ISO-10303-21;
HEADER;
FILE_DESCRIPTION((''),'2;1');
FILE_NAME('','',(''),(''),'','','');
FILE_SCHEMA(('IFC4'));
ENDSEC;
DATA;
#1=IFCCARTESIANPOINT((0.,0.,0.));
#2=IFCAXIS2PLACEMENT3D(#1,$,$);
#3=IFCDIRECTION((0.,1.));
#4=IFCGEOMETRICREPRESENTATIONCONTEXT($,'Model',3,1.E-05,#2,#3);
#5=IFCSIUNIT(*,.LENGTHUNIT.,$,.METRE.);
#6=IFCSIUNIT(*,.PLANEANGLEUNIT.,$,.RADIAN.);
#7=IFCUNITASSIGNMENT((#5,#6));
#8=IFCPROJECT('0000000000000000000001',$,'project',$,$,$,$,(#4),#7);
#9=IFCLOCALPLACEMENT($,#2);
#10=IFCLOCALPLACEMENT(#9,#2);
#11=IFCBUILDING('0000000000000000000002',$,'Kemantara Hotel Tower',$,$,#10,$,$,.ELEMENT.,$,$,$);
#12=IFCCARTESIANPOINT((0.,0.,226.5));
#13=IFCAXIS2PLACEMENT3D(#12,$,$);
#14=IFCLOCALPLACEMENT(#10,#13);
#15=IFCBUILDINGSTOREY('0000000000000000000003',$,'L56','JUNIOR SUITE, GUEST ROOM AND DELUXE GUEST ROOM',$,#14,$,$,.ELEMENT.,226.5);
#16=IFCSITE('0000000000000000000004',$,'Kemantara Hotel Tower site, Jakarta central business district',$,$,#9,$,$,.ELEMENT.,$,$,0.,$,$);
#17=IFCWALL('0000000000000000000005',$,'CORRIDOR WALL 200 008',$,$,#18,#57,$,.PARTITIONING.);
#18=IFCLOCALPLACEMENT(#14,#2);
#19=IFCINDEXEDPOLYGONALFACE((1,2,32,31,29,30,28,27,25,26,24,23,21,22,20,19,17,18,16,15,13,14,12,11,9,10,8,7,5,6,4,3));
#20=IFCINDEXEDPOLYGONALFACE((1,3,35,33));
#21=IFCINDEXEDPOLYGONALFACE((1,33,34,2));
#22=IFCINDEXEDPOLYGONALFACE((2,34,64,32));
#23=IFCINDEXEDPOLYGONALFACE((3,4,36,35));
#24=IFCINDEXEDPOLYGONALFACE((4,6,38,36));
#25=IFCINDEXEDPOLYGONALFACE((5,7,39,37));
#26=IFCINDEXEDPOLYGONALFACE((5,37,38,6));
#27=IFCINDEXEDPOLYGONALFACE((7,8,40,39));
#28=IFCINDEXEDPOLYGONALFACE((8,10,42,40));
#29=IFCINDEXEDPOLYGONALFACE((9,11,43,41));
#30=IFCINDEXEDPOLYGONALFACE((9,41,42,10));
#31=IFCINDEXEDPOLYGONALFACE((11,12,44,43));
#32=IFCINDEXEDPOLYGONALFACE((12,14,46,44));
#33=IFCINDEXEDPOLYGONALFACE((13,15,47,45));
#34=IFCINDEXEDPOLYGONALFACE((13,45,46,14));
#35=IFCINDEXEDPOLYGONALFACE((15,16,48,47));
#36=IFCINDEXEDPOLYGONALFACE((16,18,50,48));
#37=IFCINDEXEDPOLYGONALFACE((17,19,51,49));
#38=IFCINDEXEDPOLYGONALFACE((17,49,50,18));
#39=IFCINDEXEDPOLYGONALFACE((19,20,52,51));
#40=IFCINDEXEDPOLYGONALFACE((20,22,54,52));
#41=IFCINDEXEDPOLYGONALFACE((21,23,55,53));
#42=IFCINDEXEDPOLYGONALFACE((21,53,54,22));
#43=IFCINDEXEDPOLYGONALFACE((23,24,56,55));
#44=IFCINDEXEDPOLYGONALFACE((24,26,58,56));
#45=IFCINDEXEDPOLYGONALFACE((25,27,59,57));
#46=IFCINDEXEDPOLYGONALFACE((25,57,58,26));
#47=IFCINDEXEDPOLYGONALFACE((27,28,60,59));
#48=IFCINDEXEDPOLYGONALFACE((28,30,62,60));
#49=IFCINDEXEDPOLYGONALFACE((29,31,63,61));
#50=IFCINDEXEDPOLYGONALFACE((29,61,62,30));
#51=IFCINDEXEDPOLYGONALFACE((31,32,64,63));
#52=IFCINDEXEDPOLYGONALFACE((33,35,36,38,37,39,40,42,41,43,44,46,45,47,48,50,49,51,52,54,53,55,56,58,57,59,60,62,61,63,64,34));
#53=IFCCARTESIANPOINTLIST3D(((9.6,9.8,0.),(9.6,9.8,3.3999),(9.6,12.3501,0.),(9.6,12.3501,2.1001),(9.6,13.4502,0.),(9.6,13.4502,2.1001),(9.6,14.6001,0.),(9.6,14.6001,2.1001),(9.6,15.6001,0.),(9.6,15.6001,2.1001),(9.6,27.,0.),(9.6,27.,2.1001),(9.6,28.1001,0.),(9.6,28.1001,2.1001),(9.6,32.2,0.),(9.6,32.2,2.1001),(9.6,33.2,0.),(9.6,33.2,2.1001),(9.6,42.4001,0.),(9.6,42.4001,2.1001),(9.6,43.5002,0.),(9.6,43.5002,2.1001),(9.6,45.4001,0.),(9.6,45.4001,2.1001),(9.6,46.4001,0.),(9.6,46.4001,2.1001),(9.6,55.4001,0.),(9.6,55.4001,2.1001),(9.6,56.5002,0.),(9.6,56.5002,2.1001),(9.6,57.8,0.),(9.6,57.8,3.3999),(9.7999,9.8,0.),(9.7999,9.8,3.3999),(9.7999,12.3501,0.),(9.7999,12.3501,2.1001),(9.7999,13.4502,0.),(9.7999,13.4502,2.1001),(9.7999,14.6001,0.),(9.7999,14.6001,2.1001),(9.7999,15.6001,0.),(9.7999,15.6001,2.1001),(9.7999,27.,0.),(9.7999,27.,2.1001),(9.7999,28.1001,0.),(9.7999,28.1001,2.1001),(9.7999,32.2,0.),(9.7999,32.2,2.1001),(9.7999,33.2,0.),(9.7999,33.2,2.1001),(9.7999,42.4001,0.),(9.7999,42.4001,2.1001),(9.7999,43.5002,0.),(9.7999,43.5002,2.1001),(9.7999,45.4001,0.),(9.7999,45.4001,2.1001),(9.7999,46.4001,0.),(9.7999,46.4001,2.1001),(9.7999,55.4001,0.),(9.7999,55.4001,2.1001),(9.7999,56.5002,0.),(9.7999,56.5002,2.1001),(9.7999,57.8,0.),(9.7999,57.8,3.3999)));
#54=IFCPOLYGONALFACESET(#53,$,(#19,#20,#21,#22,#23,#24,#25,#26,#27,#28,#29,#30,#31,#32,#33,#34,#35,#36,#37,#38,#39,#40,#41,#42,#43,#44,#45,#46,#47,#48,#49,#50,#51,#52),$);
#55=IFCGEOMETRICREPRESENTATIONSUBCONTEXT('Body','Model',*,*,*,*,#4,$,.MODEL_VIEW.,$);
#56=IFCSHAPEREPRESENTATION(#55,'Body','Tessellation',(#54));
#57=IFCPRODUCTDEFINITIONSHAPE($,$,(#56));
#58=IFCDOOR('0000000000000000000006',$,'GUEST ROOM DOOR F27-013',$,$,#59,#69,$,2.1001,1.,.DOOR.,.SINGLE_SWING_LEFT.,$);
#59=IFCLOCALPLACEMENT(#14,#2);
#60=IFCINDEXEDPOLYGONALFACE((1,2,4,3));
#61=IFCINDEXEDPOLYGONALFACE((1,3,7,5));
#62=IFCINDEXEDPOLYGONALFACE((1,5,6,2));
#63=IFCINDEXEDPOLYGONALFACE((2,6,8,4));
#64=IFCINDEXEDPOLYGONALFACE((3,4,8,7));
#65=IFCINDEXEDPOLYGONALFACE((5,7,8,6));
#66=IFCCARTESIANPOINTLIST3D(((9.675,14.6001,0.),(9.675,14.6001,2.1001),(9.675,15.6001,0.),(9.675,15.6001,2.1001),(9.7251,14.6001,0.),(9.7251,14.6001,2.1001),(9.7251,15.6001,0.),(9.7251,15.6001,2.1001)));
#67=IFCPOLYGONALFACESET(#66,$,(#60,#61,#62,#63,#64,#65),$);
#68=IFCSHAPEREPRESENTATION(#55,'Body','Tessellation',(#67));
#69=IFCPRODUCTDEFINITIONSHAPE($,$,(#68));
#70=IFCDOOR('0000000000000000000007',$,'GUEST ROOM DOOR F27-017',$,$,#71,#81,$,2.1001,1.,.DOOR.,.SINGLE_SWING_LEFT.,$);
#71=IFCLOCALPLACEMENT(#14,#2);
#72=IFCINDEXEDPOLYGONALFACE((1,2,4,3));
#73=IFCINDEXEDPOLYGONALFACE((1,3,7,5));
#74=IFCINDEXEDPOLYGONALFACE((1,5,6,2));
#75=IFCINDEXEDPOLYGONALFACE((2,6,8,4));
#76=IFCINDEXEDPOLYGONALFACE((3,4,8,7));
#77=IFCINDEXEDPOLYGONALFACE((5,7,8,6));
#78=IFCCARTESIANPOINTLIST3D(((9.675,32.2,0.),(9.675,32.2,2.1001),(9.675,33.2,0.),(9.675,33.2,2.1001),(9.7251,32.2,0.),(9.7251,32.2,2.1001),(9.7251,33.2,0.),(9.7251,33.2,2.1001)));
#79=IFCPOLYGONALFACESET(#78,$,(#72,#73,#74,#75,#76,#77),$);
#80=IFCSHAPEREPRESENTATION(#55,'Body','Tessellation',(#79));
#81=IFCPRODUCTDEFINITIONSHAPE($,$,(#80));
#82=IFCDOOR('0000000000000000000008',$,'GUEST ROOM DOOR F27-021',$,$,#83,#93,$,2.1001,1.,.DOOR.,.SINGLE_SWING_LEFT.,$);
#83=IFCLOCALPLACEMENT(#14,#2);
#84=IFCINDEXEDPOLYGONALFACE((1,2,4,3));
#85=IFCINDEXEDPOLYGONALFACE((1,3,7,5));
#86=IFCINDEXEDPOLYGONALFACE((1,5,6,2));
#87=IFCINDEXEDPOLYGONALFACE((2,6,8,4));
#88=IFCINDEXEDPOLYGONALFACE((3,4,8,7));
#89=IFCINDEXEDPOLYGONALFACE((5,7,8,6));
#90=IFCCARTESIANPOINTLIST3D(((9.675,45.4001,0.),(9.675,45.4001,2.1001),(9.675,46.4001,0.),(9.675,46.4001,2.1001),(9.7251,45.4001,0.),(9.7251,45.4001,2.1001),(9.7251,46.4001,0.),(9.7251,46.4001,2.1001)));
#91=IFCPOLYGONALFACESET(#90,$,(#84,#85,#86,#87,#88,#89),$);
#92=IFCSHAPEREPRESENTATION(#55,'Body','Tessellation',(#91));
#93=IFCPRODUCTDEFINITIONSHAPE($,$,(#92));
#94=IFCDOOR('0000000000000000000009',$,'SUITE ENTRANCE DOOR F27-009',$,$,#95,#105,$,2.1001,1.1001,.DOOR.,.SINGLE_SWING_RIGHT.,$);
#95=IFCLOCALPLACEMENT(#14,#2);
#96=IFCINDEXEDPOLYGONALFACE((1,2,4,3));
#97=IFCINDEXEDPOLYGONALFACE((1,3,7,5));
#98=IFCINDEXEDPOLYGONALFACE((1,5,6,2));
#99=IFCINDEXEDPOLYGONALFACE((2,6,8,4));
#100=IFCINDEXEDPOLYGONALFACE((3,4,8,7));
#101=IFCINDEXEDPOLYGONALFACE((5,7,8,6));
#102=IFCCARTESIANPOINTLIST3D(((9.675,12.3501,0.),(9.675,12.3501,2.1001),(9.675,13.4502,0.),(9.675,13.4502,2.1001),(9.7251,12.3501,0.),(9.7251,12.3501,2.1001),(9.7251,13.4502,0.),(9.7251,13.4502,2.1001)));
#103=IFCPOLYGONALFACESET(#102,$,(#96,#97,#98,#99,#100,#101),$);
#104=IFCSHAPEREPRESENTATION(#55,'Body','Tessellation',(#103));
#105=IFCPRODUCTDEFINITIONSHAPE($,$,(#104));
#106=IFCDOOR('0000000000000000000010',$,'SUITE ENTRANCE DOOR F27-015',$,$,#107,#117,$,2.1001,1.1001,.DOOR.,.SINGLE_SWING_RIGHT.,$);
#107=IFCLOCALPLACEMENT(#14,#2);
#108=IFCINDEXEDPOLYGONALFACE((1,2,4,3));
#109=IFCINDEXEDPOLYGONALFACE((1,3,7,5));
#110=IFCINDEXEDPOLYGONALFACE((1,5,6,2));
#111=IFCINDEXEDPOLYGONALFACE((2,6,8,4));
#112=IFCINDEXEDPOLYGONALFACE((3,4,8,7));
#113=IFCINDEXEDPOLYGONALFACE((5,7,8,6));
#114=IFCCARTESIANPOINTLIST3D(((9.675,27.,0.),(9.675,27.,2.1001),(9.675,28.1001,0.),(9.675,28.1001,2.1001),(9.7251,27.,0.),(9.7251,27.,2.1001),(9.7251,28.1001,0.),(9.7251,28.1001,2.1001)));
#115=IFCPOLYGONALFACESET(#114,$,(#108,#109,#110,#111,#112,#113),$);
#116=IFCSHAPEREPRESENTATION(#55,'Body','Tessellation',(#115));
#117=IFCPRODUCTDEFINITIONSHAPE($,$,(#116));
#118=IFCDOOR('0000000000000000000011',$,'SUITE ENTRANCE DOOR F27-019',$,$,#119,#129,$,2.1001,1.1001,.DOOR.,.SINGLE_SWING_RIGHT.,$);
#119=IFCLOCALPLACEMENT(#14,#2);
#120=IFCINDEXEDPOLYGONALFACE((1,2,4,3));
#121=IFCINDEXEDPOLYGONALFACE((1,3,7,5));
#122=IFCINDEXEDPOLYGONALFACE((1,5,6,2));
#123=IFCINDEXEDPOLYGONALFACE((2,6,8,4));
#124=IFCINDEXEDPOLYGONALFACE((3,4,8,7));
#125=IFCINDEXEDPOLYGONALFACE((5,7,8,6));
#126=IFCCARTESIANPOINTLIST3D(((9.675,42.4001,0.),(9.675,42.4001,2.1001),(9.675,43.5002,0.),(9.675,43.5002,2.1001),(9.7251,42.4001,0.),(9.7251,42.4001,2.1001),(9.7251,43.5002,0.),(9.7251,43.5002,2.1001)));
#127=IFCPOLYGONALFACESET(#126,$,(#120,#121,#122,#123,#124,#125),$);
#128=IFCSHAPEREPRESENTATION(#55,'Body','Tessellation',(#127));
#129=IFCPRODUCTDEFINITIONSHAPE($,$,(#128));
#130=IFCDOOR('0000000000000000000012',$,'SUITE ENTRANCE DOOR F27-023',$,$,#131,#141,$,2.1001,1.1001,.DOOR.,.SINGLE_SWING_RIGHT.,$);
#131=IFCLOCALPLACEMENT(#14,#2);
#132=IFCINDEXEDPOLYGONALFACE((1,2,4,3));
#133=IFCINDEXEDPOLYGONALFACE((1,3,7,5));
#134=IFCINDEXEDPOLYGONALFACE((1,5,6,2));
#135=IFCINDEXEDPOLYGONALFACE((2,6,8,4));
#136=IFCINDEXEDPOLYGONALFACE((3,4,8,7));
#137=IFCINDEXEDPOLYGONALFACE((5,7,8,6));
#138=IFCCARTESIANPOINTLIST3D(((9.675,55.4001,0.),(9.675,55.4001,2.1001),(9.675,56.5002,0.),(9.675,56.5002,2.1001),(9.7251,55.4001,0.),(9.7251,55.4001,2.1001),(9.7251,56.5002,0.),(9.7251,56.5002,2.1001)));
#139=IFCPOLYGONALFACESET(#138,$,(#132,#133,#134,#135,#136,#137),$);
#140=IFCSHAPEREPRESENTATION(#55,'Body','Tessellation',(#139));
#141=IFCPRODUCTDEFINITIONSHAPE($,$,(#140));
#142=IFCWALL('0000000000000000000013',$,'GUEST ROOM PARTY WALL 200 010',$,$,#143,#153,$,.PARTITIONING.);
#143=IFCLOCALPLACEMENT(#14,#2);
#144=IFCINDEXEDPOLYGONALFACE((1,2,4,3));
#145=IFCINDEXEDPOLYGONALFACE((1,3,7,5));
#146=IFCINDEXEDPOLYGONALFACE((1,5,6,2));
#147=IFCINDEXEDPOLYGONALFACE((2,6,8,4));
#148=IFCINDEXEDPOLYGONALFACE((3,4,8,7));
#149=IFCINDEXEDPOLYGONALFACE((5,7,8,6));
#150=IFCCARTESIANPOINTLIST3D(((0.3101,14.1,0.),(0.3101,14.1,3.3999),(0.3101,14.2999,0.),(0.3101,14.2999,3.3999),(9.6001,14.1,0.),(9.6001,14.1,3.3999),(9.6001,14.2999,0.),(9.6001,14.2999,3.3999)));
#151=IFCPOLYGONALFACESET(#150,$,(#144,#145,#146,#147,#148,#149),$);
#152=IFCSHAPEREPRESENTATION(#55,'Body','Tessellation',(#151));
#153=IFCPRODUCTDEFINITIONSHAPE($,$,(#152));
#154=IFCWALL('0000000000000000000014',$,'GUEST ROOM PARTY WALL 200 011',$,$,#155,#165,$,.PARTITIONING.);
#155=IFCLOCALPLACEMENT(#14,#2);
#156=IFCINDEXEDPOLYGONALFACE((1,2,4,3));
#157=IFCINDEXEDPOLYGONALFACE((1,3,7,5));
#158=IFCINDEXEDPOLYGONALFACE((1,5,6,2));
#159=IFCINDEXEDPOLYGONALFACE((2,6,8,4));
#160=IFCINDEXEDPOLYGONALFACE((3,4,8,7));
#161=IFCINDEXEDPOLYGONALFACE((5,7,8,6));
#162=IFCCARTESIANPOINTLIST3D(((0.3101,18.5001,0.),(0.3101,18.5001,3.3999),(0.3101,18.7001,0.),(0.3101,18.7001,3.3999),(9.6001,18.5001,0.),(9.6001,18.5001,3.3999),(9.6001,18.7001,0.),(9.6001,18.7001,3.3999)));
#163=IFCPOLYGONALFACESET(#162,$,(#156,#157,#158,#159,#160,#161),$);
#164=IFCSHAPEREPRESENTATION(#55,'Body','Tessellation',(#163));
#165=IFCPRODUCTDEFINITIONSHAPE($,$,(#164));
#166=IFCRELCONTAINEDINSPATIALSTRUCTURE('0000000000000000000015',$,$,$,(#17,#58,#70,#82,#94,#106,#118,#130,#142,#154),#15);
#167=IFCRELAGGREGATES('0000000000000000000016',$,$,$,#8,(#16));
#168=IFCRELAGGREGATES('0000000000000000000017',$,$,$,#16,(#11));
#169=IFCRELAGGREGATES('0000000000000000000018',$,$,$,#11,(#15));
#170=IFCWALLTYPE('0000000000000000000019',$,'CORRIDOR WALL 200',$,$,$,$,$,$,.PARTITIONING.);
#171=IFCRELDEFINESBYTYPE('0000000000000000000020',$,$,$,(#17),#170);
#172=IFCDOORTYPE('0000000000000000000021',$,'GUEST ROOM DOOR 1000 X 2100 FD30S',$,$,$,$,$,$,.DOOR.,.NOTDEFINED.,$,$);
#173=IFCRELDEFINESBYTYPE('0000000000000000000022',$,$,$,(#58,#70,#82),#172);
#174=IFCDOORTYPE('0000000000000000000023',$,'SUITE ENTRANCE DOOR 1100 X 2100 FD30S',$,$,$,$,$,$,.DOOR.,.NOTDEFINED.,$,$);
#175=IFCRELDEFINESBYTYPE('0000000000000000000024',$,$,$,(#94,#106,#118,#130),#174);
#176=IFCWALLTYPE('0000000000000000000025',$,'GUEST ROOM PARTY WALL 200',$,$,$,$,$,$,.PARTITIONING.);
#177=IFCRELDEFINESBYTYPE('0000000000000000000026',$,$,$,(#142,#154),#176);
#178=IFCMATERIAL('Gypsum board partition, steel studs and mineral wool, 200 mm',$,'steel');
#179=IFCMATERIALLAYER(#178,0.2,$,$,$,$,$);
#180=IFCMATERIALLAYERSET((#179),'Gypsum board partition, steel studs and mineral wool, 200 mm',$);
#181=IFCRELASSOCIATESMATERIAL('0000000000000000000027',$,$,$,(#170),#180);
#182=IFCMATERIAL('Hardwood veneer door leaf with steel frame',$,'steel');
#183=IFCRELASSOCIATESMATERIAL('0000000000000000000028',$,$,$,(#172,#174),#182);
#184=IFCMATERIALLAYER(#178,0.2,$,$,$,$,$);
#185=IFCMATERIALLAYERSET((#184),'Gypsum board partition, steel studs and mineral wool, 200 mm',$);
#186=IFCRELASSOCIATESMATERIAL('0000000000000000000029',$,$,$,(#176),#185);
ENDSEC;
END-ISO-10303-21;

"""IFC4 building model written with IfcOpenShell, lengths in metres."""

from ifc_helpers import new_model, si_unit, direction, frame, frame_2d, origin, place, context, subcontext, project, spatial, rectangle, extrude, material, layer, layer_set, type_object, element, fill, save


model = new_model("IFC4")

# Units and contexts
model_context = context("Model", 3, precision=1e-05, world=origin(), true_north=direction((0.0, 1.0)))
body_context = subcontext(model_context, "Body", "Model", "MODEL_VIEW")
ifc_project = project(units=[si_unit("LENGTHUNIT", "METRE"), si_unit("PLANEANGLEUNIT", "RADIAN")], contexts=[model_context])

# Site, building, storey
site_placement = place(None, origin())
site = spatial("IfcSite", under=ifc_project, at=site_placement, Name="Kemantara Hotel Tower site, Jakarta central business district", CompositionType="ELEMENT", RefElevation=0.0)
building_placement = place(site_placement, origin())
building = spatial("IfcBuilding", under=site, at=building_placement, Name="Kemantara Hotel Tower", CompositionType="ELEMENT")
storey_placement = place(building_placement, frame((0.0, 0.0, 226.5)))
storey = spatial("IfcBuildingStorey", under=building, at=storey_placement, Name="L56", Description="JUNIOR SUITE, GUEST ROOM AND DELUXE GUEST ROOM", CompositionType="ELEMENT", Elevation=226.5)

# Wall, openings, doors
ifc_material_1 = material(Name="Gypsum board partition, steel studs and mineral wool, 200 mm", Category="steel")
ifc_layer_1 = layer(ifc_material_1, 0.2)
ifc_layer_set_1 = layer_set([ifc_layer_1], Name="Gypsum board partition, steel studs and mineral wool, 200 mm")
wall_type_1 = type_object("IfcWallType", Name="CORRIDOR WALL 200", PredefinedType="PARTITIONING", material=ifc_layer_set_1)
wall_1_placement = place(storey_placement, frame((9.7, 9.8, 0.0), z_axis=(0.0, 0.0, 1.0), x_axis=(0.0, 1.0, 0.0)))
wall_1 = element("IfcWall", 1, at=wall_1_placement, inside=storey, type_object=wall_type_1, Name="CORRIDOR WALL 200 008", PredefinedType="PARTITIONING", context=body_context, shape_type="SweptSolid", body=[
    extrude(rectangle(XDim=48.0, YDim=0.2, at=frame_2d((24.0, 0.0))), origin(), (0.0, 0.0, 1.0), 3.3999),
])
opening_1_placement = place(wall_1_placement, frame((2.55, 0.0, 0.0)))
opening_1 = element("IfcOpeningElement", 2, at=opening_1_placement, cuts=wall_1, PredefinedType="OPENING", context=body_context, shape_type="SweptSolid", body=[
    extrude(rectangle(XDim=1.1001, YDim=2.1001, at=frame_2d((0.55, 1.05))), frame((0.0, 0.1099, 0.0), z_axis=(0.0, -1.0, 0.0), x_axis=(1.0, 0.0, 0.0)), (0.0, 0.0, 1.0), 0.22),
])
opening_2_placement = place(wall_1_placement, frame((4.8, 0.0, 0.0)))
opening_2 = element("IfcOpeningElement", 3, at=opening_2_placement, cuts=wall_1, PredefinedType="OPENING", context=body_context, shape_type="SweptSolid", body=[
    extrude(rectangle(XDim=1.0, YDim=2.1001, at=frame_2d((0.5, 1.05))), frame((0.0, 0.1099, 0.0), z_axis=(0.0, -1.0, 0.0), x_axis=(1.0, 0.0, 0.0)), (0.0, 0.0, 1.0), 0.22),
])
opening_3_placement = place(wall_1_placement, frame((17.2, 0.0, 0.0)))
opening_3 = element("IfcOpeningElement", 4, at=opening_3_placement, cuts=wall_1, PredefinedType="OPENING", context=body_context, shape_type="SweptSolid", body=[
    extrude(rectangle(XDim=1.1001, YDim=2.1001, at=frame_2d((0.55, 1.05))), frame((0.0, 0.1099, 0.0), z_axis=(0.0, -1.0, 0.0), x_axis=(1.0, 0.0, 0.0)), (0.0, 0.0, 1.0), 0.22),
])
opening_4_placement = place(wall_1_placement, frame((22.3999, 0.0, 0.0)))
opening_4 = element("IfcOpeningElement", 5, at=opening_4_placement, cuts=wall_1, PredefinedType="OPENING", context=body_context, shape_type="SweptSolid", body=[
    extrude(rectangle(XDim=1.0, YDim=2.1001, at=frame_2d((0.5, 1.05))), frame((0.0, 0.1099, 0.0), z_axis=(0.0, -1.0, 0.0), x_axis=(1.0, 0.0, 0.0)), (0.0, 0.0, 1.0), 0.22),
])
opening_5_placement = place(wall_1_placement, frame((32.6001, 0.0, 0.0)))
opening_5 = element("IfcOpeningElement", 6, at=opening_5_placement, cuts=wall_1, PredefinedType="OPENING", context=body_context, shape_type="SweptSolid", body=[
    extrude(rectangle(XDim=1.1001, YDim=2.1001, at=frame_2d((0.55, 1.05))), frame((0.0, 0.1099, 0.0), z_axis=(0.0, -1.0, 0.0), x_axis=(1.0, 0.0, 0.0)), (0.0, 0.0, 1.0), 0.22),
])
opening_6_placement = place(wall_1_placement, frame((35.6001, 0.0, 0.0)))
opening_6 = element("IfcOpeningElement", 7, at=opening_6_placement, cuts=wall_1, PredefinedType="OPENING", context=body_context, shape_type="SweptSolid", body=[
    extrude(rectangle(XDim=1.0, YDim=2.1001, at=frame_2d((0.5, 1.05))), frame((0.0, 0.1099, 0.0), z_axis=(0.0, -1.0, 0.0), x_axis=(1.0, 0.0, 0.0)), (0.0, 0.0, 1.0), 0.22),
])
opening_7_placement = place(wall_1_placement, frame((45.6001, 0.0, 0.0)))
opening_7 = element("IfcOpeningElement", 8, at=opening_7_placement, cuts=wall_1, PredefinedType="OPENING", context=body_context, shape_type="SweptSolid", body=[
    extrude(rectangle(XDim=1.1001, YDim=2.1001, at=frame_2d((0.55, 1.05))), frame((0.0, 0.1099, 0.0), z_axis=(0.0, -1.0, 0.0), x_axis=(1.0, 0.0, 0.0)), (0.0, 0.0, 1.0), 0.22),
])
ifc_material_2 = material(Name="Hardwood veneer door leaf with steel frame", Category="steel")
door_type_1 = type_object("IfcDoorType", Name="GUEST ROOM DOOR 1000 X 2100 FD30S", OperationType="NOTDEFINED", PredefinedType="DOOR", material=ifc_material_2)
door_1_placement = place(opening_2_placement, origin())
door_1 = element("IfcDoor", 9, at=door_1_placement, inside=storey, type_object=door_type_1, Name="GUEST ROOM DOOR F27-013", OperationType="SINGLE_SWING_LEFT", OverallHeight=2.1001, OverallWidth=1.0, PredefinedType="DOOR", context=body_context, shape_type="SweptSolid", body=[
    extrude(rectangle(XDim=1.0, YDim=2.1001, at=frame_2d((0.5, 1.05))), frame((0.0, 0.0249, 0.0), z_axis=(0.0, -1.0, 0.0), x_axis=(1.0, 0.0, 0.0)), (0.0, 0.0, 1.0), 0.05),
])
fill(opening_2, door_1)
door_2_placement = place(opening_4_placement, origin())
door_2 = element("IfcDoor", 10, at=door_2_placement, inside=storey, type_object=door_type_1, Name="GUEST ROOM DOOR F27-017", OperationType="SINGLE_SWING_LEFT", OverallHeight=2.1001, OverallWidth=1.0, PredefinedType="DOOR", context=body_context, shape_type="SweptSolid", body=[
    extrude(rectangle(XDim=1.0, YDim=2.1001, at=frame_2d((0.5, 1.05))), frame((0.0, 0.0249, 0.0), z_axis=(0.0, -1.0, 0.0), x_axis=(1.0, 0.0, 0.0)), (0.0, 0.0, 1.0), 0.05),
])
fill(opening_4, door_2)
door_3_placement = place(opening_6_placement, origin())
door_3 = element("IfcDoor", 11, at=door_3_placement, inside=storey, type_object=door_type_1, Name="GUEST ROOM DOOR F27-021", OperationType="SINGLE_SWING_LEFT", OverallHeight=2.1001, OverallWidth=1.0, PredefinedType="DOOR", context=body_context, shape_type="SweptSolid", body=[
    extrude(rectangle(XDim=1.0, YDim=2.1001, at=frame_2d((0.5, 1.05))), frame((0.0, 0.0249, 0.0), z_axis=(0.0, -1.0, 0.0), x_axis=(1.0, 0.0, 0.0)), (0.0, 0.0, 1.0), 0.05),
])
fill(opening_6, door_3)
door_type_2 = type_object("IfcDoorType", Name="SUITE ENTRANCE DOOR 1100 X 2100 FD30S", OperationType="NOTDEFINED", PredefinedType="DOOR", material=ifc_material_2)
door_4_placement = place(opening_1_placement, origin())
door_4 = element("IfcDoor", 12, at=door_4_placement, inside=storey, type_object=door_type_2, Name="SUITE ENTRANCE DOOR F27-009", OperationType="SINGLE_SWING_RIGHT", OverallHeight=2.1001, OverallWidth=1.1001, PredefinedType="DOOR", context=body_context, shape_type="SweptSolid", body=[
    extrude(rectangle(XDim=1.1001, YDim=2.1001, at=frame_2d((0.55, 1.05))), frame((0.0, 0.0249, 0.0), z_axis=(0.0, -1.0, 0.0), x_axis=(1.0, 0.0, 0.0)), (0.0, 0.0, 1.0), 0.05),
])
fill(opening_1, door_4)
door_5_placement = place(opening_3_placement, origin())
door_5 = element("IfcDoor", 13, at=door_5_placement, inside=storey, type_object=door_type_2, Name="SUITE ENTRANCE DOOR F27-015", OperationType="SINGLE_SWING_RIGHT", OverallHeight=2.1001, OverallWidth=1.1001, PredefinedType="DOOR", context=body_context, shape_type="SweptSolid", body=[
    extrude(rectangle(XDim=1.1001, YDim=2.1001, at=frame_2d((0.55, 1.05))), frame((0.0, 0.0249, 0.0), z_axis=(0.0, -1.0, 0.0), x_axis=(1.0, 0.0, 0.0)), (0.0, 0.0, 1.0), 0.05),
])
fill(opening_3, door_5)
door_6_placement = place(opening_5_placement, origin())
door_6 = element("IfcDoor", 14, at=door_6_placement, inside=storey, type_object=door_type_2, Name="SUITE ENTRANCE DOOR F27-019", OperationType="SINGLE_SWING_RIGHT", OverallHeight=2.1001, OverallWidth=1.1001, PredefinedType="DOOR", context=body_context, shape_type="SweptSolid", body=[
    extrude(rectangle(XDim=1.1001, YDim=2.1001, at=frame_2d((0.55, 1.05))), frame((0.0, 0.0249, 0.0), z_axis=(0.0, -1.0, 0.0), x_axis=(1.0, 0.0, 0.0)), (0.0, 0.0, 1.0), 0.05),
])
fill(opening_5, door_6)
door_7_placement = place(opening_7_placement, origin())
door_7 = element("IfcDoor", 15, at=door_7_placement, inside=storey, type_object=door_type_2, Name="SUITE ENTRANCE DOOR F27-023", OperationType="SINGLE_SWING_RIGHT", OverallHeight=2.1001, OverallWidth=1.1001, PredefinedType="DOOR", context=body_context, shape_type="SweptSolid", body=[
    extrude(rectangle(XDim=1.1001, YDim=2.1001, at=frame_2d((0.55, 1.05))), frame((0.0, 0.0249, 0.0), z_axis=(0.0, -1.0, 0.0), x_axis=(1.0, 0.0, 0.0)), (0.0, 0.0, 1.0), 0.05),
])
fill(opening_7, door_7)

# Walls
ifc_layer_2 = layer(ifc_material_1, 0.2)
ifc_layer_set_2 = layer_set([ifc_layer_2], Name="Gypsum board partition, steel studs and mineral wool, 200 mm")
wall_type_2 = type_object("IfcWallType", Name="GUEST ROOM PARTY WALL 200", PredefinedType="PARTITIONING", material=ifc_layer_set_2)
for number, where, z_axis, x_axis, name in (
    (16, (0.3101, 14.2, 0.0), (0.0, 0.0, 1.0), (1.0, 0.0, 0.0), "GUEST ROOM PARTY WALL 200 010"),
    (17, (0.3101, 18.6001, 0.0), (0.0, 0.0, 1.0), (1.0, 0.0, 0.0), "GUEST ROOM PARTY WALL 200 011"),
):
    element("IfcWall", number, at=place(storey_placement, frame(where, z_axis=z_axis, x_axis=x_axis)), inside=storey, type_object=wall_type_2, Name=name, PredefinedType="PARTITIONING", context=body_context, shape_type="SweptSolid", body=[
        extrude(rectangle(XDim=9.29, YDim=0.2, at=frame_2d((4.645, 0.0))), origin(), (0.0, 0.0, 1.0), 3.3999),
    ])

save(model, "model.ifc")
